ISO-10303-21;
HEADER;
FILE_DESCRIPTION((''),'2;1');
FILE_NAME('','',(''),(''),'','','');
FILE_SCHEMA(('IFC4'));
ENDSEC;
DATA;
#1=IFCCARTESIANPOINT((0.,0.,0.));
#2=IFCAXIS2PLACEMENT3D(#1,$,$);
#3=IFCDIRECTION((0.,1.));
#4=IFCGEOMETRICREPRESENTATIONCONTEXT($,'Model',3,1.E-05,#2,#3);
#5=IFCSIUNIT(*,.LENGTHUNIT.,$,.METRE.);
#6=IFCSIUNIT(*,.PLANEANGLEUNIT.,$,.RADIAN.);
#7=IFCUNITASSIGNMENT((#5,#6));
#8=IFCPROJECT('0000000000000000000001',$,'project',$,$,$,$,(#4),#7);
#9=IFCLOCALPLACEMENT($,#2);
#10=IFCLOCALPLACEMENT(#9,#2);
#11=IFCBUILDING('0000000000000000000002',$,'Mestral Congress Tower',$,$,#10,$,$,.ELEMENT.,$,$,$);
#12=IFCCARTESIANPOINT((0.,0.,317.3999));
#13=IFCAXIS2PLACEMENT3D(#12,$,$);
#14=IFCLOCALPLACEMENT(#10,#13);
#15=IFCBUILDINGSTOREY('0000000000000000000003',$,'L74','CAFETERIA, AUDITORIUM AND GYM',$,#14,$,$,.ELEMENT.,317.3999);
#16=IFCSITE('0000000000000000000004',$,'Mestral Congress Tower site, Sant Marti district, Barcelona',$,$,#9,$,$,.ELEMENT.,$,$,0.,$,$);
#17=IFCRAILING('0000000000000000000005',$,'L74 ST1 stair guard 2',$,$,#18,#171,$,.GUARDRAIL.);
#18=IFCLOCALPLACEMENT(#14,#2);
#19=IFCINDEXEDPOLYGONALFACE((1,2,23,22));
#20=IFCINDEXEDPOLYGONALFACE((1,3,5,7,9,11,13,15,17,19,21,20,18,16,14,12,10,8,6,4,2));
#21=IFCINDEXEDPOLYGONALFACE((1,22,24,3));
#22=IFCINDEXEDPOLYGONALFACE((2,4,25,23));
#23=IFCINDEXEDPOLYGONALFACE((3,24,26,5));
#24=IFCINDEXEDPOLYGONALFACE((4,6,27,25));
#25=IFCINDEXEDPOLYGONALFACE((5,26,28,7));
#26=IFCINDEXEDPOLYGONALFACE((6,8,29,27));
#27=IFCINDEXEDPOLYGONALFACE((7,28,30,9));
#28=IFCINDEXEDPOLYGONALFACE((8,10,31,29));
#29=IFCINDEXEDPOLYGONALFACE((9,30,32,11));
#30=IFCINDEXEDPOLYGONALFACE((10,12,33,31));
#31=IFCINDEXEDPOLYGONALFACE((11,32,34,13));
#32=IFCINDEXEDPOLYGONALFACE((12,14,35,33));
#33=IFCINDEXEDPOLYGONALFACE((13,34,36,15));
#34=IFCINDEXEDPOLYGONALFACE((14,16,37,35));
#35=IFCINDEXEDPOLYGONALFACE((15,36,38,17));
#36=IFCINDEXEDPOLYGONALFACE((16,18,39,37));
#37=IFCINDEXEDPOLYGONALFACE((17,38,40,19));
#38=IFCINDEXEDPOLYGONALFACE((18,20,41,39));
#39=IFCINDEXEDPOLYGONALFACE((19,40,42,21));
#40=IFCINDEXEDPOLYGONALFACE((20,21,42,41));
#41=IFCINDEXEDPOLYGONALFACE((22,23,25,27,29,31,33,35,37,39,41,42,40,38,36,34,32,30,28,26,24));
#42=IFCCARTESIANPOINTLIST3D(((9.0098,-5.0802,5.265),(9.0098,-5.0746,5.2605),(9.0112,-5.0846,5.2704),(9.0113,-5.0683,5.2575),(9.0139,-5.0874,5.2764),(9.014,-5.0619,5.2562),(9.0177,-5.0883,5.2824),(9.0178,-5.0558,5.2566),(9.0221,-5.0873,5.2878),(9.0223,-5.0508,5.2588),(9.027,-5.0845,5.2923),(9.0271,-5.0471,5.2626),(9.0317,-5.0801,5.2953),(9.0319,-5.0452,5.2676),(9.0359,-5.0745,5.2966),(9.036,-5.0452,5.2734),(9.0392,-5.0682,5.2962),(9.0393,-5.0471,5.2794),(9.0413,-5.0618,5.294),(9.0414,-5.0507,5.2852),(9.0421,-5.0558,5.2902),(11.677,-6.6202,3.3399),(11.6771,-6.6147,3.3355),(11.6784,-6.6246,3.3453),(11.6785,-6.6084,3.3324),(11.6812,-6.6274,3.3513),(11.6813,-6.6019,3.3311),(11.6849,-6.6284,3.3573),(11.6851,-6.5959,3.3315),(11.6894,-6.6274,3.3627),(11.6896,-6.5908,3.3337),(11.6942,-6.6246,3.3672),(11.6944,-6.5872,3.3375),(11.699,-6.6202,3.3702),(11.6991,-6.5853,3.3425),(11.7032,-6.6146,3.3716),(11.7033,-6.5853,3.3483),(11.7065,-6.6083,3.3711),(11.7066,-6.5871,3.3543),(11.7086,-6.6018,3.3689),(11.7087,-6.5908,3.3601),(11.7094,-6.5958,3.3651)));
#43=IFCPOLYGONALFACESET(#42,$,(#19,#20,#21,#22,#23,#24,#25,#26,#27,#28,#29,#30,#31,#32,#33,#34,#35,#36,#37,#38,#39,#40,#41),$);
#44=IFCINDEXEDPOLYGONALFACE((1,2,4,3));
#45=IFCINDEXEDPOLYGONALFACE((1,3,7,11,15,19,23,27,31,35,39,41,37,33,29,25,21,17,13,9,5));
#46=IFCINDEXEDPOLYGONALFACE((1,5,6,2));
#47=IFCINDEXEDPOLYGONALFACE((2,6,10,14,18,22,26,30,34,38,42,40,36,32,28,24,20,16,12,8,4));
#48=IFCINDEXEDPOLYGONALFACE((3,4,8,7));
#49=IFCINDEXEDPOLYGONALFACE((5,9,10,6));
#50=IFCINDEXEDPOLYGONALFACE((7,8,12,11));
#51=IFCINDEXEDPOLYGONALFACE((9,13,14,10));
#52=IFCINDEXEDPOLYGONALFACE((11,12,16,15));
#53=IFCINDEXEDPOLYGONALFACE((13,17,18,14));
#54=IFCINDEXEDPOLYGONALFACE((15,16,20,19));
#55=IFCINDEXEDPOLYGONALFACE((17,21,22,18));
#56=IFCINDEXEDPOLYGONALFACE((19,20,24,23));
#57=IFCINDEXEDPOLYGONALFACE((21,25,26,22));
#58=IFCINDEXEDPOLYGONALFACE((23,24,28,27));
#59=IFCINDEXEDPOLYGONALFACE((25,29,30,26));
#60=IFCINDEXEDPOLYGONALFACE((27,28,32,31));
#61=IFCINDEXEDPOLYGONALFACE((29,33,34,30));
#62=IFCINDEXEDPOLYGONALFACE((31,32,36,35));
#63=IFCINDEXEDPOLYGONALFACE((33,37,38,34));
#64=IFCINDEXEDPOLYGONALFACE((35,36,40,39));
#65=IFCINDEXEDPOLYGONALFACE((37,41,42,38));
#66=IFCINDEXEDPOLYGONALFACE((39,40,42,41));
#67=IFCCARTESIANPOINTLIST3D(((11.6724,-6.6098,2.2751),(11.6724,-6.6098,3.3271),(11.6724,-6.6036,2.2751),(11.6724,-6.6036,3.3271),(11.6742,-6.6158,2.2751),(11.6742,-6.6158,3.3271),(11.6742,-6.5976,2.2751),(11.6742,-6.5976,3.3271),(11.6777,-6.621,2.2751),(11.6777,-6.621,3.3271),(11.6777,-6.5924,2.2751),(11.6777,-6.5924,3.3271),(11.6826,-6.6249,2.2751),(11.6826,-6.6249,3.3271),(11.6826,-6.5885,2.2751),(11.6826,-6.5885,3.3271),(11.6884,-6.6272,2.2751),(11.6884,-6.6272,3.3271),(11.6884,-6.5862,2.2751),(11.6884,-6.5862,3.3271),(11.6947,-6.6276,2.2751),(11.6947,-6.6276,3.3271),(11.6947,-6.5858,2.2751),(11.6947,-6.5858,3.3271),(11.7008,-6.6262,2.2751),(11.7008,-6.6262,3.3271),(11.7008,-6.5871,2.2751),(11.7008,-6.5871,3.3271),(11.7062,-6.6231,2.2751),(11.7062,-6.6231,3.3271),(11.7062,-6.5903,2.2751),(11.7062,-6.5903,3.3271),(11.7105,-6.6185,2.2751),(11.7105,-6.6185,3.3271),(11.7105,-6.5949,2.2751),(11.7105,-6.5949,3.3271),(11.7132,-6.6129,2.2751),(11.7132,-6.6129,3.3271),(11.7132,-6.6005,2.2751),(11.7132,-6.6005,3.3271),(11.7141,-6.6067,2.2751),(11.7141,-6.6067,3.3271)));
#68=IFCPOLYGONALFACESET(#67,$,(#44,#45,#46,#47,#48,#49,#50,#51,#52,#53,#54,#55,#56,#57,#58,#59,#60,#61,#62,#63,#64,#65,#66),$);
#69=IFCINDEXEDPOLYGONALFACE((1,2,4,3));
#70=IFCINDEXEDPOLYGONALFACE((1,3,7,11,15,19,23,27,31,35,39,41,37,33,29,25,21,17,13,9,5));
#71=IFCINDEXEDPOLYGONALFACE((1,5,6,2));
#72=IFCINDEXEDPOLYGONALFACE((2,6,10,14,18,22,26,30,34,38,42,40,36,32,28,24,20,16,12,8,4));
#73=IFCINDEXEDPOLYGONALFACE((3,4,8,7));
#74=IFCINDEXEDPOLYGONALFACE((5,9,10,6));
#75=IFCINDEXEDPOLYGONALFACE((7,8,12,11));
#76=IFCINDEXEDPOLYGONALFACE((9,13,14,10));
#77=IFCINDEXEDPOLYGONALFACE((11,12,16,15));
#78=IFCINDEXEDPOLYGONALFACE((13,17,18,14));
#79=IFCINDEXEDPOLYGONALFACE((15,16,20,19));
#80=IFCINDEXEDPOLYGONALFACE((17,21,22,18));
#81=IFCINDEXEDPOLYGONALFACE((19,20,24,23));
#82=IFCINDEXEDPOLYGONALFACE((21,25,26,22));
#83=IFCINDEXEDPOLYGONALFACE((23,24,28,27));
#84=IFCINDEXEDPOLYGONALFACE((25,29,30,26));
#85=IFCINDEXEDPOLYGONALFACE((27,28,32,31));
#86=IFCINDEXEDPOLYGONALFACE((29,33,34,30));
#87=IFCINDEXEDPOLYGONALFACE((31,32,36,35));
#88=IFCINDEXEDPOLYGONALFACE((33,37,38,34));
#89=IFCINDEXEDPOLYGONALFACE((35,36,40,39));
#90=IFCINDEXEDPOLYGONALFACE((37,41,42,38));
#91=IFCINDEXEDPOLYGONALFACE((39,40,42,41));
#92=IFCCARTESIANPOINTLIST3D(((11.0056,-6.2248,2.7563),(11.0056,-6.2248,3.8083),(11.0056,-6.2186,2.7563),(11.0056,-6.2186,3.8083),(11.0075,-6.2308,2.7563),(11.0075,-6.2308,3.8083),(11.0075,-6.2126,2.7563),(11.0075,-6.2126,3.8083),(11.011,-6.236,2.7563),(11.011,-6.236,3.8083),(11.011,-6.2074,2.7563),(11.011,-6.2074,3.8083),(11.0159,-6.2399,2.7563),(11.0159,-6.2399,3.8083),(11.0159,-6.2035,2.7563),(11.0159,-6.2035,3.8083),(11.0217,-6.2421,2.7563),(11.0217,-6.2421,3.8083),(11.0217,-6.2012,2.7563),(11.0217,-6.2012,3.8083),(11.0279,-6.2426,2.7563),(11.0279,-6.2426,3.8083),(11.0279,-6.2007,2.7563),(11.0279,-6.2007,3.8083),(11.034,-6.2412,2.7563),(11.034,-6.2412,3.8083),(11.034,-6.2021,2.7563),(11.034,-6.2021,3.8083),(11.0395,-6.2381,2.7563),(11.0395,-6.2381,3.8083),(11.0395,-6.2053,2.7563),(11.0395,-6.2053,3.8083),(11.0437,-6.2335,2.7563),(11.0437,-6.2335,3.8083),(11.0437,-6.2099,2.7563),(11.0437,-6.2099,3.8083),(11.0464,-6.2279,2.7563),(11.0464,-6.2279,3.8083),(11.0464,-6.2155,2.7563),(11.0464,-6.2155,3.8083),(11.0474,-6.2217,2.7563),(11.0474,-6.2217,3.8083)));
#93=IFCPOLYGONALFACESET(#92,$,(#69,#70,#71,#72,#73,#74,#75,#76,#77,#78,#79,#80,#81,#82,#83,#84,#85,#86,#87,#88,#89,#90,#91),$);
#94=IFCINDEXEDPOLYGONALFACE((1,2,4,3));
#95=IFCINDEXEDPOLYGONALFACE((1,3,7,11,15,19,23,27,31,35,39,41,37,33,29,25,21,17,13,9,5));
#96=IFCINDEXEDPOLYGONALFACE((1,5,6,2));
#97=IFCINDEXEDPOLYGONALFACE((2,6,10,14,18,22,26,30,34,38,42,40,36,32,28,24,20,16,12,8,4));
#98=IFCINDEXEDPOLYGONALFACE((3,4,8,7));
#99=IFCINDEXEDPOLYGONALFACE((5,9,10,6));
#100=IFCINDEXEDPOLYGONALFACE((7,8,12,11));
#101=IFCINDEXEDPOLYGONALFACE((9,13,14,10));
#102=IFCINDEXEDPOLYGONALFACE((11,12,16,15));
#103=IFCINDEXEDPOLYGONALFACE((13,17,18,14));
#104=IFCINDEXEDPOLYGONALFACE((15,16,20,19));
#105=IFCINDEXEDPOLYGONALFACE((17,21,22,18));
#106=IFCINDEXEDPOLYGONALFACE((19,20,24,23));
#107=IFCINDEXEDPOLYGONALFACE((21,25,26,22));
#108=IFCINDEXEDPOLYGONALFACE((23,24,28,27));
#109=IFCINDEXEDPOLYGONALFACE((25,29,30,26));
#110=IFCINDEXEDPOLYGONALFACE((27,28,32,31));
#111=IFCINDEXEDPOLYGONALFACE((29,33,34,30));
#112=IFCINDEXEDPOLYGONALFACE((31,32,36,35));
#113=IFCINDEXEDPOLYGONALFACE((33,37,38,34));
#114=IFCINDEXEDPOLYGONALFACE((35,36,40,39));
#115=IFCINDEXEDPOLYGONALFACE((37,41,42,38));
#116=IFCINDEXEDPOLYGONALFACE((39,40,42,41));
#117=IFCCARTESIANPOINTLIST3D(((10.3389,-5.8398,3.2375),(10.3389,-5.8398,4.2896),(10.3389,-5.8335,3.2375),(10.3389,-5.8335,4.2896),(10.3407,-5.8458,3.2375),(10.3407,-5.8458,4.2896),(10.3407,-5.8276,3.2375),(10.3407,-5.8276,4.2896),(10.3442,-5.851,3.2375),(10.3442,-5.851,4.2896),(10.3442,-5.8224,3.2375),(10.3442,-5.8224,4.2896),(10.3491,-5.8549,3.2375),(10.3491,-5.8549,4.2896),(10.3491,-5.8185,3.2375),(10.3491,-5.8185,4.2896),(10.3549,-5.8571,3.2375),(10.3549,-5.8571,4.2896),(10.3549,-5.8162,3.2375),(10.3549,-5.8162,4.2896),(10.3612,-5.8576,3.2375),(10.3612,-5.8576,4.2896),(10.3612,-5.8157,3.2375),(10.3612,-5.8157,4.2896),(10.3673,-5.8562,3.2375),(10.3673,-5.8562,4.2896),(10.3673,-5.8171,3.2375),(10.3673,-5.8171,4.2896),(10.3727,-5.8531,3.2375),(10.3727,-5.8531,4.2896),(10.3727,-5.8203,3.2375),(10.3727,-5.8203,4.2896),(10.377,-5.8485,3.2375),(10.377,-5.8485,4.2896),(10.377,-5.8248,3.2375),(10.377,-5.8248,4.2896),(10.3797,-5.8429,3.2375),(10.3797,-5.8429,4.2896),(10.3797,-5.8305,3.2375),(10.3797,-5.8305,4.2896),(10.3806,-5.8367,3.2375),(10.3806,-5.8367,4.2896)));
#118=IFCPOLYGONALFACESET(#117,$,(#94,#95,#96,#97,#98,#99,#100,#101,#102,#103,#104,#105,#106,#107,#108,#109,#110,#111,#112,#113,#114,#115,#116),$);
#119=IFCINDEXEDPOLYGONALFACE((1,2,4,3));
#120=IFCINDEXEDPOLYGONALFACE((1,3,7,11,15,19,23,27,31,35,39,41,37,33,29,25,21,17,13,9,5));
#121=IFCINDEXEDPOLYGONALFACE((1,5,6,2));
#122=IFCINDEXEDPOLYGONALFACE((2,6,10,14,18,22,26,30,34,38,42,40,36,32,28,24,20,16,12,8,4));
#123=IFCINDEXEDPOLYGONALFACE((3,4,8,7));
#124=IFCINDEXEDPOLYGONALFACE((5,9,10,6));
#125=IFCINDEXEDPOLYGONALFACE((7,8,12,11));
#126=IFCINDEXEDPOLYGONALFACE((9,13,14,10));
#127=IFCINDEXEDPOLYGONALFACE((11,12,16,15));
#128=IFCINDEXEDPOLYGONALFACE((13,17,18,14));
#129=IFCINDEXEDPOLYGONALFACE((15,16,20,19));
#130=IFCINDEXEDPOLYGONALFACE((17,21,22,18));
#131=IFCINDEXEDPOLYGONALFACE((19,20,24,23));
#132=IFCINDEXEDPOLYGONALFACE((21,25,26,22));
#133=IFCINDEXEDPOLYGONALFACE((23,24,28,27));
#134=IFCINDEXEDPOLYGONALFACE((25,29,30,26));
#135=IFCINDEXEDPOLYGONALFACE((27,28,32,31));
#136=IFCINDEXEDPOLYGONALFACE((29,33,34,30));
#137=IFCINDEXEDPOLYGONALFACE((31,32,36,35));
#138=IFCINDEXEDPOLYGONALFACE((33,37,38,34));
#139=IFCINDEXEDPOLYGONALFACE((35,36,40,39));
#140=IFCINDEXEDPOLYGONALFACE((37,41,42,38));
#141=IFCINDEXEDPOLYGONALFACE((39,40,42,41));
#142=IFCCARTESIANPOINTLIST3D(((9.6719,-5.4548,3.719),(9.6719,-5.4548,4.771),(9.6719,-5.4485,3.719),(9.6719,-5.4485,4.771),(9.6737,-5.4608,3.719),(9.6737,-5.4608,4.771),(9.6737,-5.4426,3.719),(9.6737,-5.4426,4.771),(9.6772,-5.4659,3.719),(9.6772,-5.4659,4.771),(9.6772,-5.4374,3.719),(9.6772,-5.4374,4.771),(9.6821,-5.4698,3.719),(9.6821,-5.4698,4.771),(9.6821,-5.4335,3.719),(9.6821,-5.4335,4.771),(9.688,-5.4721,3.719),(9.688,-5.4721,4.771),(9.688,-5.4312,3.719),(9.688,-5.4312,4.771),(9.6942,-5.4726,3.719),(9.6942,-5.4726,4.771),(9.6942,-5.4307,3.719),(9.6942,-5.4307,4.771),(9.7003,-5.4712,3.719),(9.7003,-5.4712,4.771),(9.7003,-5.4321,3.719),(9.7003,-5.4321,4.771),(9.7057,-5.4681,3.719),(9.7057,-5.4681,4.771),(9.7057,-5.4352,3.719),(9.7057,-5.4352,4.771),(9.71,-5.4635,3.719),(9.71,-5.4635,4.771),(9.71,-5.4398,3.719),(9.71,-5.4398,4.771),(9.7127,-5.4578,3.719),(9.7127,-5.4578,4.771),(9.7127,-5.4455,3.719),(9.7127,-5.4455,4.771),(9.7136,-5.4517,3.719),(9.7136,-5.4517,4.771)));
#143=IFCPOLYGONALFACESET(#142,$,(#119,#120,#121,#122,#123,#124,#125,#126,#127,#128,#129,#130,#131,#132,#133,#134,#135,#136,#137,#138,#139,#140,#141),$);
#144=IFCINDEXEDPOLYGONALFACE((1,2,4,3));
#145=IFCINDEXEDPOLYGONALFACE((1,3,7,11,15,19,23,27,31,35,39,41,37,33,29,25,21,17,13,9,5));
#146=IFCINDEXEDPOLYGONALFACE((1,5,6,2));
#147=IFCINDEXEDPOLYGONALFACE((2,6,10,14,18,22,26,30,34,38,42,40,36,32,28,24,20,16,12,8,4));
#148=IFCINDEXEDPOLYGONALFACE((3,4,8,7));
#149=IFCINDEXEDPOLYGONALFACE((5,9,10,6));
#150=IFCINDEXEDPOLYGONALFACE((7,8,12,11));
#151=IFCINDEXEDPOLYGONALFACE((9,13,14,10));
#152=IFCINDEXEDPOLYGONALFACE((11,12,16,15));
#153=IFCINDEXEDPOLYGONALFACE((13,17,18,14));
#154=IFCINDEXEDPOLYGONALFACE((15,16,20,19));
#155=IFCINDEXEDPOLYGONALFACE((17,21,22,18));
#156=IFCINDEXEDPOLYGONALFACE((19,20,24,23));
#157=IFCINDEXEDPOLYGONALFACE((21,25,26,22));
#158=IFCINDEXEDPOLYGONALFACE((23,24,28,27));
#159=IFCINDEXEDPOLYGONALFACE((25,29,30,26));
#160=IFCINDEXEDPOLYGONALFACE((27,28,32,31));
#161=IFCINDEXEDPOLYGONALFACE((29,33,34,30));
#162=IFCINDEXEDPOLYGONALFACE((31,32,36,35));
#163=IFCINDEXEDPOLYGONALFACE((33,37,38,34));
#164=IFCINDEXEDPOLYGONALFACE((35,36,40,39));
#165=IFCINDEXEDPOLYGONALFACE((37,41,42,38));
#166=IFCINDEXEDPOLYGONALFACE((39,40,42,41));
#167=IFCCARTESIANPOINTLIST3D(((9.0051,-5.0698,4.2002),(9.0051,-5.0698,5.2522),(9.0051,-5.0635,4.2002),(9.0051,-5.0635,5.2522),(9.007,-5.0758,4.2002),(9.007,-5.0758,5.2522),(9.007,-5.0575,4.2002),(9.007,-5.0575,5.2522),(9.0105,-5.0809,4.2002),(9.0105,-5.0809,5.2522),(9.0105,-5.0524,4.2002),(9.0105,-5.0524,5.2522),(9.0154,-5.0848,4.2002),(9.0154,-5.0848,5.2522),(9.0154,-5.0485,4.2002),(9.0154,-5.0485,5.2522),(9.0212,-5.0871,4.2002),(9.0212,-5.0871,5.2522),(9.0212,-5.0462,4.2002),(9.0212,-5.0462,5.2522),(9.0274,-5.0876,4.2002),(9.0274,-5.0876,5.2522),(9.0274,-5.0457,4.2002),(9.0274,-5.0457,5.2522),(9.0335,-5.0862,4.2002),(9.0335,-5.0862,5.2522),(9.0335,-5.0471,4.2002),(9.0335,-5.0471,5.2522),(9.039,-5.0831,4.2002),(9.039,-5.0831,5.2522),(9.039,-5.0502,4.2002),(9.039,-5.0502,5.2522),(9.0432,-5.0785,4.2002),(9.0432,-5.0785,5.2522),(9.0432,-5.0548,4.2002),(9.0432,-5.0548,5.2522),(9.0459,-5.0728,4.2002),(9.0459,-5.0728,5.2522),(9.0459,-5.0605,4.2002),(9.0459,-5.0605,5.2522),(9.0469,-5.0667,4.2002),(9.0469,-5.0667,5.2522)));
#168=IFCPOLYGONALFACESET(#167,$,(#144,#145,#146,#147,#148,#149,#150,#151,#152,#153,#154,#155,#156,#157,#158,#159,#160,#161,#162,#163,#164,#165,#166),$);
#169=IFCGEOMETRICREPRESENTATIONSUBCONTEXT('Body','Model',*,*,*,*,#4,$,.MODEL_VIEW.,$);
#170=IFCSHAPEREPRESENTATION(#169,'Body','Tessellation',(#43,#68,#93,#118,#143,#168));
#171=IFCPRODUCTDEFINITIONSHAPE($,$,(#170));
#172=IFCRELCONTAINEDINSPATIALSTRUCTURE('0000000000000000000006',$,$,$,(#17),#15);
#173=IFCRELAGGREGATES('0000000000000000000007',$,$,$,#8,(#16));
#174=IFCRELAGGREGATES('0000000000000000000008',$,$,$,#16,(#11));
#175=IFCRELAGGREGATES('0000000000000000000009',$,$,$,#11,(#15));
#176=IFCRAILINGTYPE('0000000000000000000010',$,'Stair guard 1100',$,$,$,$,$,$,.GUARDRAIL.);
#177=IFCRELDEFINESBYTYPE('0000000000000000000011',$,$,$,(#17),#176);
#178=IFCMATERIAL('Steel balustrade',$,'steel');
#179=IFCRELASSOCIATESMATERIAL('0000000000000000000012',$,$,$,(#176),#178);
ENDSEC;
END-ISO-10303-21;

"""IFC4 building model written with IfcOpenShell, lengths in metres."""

from ifc_helpers import new_model, si_unit, direction, frame, origin, origin_2d, place, context, subcontext, project, spatial, circle, extrude, material, type_object, element, save


model = new_model("IFC4")

# Units and contexts
model_context = context("Model", 3, precision=1e-05, world=origin(), true_north=direction((0.0, 1.0)))
body_context = subcontext(model_context, "Body", "Model", "MODEL_VIEW")
ifc_project = project(units=[si_unit("LENGTHUNIT", "METRE"), si_unit("PLANEANGLEUNIT", "RADIAN")], contexts=[model_context])

# Site, building, storey
site_placement = place(None, origin())
site = spatial("IfcSite", under=ifc_project, at=site_placement, Name="Mestral Congress Tower site, Sant Marti district, Barcelona", CompositionType="ELEMENT", RefElevation=0.0)
building_placement = place(site_placement, origin())
building = spatial("IfcBuilding", under=site, at=building_placement, Name="Mestral Congress Tower", CompositionType="ELEMENT")
storey_placement = place(building_placement, frame((0.0, 0.0, 317.3999)))
storey = spatial("IfcBuildingStorey", under=building, at=storey_placement, Name="L74", Description="CAFETERIA, AUDITORIUM AND GYM", CompositionType="ELEMENT", Elevation=317.3999)

# Railing
ifc_material_1 = material(Name="Steel balustrade", Category="steel")
railing_type = type_object("IfcRailingType", Name="Stair guard 1100", PredefinedType="GUARDRAIL", material=ifc_material_1)
railing_placement = place(storey_placement, frame((11.6931, -6.6067, 2.2751)))
element("IfcRailing", 1, at=railing_placement, inside=storey, type_object=railing_type, Name="L74 ST1 stair guard 2", PredefinedType="GUARDRAIL", context=body_context, shape_type="SweptSolid", body=[
    extrude(circle(Radius=0.0239, at=origin_2d()), frame((0.0, 0.0, 1.0762), z_axis=(-0.734364, 0.424015, 0.530019), x_axis=(-0.500027, -0.86601, 0.0)), (0.0, 0.0, 1.0), 3.6321),
    extrude(circle(Radius=0.021, at=origin_2d()), origin(), (0.0, 0.0, 1.0), 1.052),
    extrude(circle(Radius=0.021, at=origin_2d()), frame((-0.6667, 0.385, 0.4812)), (0.0, 0.0, 1.0), 1.052),
    extrude(circle(Radius=0.021, at=origin_2d()), frame((-1.3335, 0.77, 0.9624)), (0.0, 0.0, 1.0), 1.052),
    extrude(circle(Radius=0.021, at=origin_2d()), frame((-2.0005, 1.155, 1.4438)), (0.0, 0.0, 1.0), 1.052),
    extrude(circle(Radius=0.021, at=origin_2d()), frame((-2.6672, 1.54, 1.925)), (0.0, 0.0, 1.0), 1.052),
])

save(model, "model.ifc")
